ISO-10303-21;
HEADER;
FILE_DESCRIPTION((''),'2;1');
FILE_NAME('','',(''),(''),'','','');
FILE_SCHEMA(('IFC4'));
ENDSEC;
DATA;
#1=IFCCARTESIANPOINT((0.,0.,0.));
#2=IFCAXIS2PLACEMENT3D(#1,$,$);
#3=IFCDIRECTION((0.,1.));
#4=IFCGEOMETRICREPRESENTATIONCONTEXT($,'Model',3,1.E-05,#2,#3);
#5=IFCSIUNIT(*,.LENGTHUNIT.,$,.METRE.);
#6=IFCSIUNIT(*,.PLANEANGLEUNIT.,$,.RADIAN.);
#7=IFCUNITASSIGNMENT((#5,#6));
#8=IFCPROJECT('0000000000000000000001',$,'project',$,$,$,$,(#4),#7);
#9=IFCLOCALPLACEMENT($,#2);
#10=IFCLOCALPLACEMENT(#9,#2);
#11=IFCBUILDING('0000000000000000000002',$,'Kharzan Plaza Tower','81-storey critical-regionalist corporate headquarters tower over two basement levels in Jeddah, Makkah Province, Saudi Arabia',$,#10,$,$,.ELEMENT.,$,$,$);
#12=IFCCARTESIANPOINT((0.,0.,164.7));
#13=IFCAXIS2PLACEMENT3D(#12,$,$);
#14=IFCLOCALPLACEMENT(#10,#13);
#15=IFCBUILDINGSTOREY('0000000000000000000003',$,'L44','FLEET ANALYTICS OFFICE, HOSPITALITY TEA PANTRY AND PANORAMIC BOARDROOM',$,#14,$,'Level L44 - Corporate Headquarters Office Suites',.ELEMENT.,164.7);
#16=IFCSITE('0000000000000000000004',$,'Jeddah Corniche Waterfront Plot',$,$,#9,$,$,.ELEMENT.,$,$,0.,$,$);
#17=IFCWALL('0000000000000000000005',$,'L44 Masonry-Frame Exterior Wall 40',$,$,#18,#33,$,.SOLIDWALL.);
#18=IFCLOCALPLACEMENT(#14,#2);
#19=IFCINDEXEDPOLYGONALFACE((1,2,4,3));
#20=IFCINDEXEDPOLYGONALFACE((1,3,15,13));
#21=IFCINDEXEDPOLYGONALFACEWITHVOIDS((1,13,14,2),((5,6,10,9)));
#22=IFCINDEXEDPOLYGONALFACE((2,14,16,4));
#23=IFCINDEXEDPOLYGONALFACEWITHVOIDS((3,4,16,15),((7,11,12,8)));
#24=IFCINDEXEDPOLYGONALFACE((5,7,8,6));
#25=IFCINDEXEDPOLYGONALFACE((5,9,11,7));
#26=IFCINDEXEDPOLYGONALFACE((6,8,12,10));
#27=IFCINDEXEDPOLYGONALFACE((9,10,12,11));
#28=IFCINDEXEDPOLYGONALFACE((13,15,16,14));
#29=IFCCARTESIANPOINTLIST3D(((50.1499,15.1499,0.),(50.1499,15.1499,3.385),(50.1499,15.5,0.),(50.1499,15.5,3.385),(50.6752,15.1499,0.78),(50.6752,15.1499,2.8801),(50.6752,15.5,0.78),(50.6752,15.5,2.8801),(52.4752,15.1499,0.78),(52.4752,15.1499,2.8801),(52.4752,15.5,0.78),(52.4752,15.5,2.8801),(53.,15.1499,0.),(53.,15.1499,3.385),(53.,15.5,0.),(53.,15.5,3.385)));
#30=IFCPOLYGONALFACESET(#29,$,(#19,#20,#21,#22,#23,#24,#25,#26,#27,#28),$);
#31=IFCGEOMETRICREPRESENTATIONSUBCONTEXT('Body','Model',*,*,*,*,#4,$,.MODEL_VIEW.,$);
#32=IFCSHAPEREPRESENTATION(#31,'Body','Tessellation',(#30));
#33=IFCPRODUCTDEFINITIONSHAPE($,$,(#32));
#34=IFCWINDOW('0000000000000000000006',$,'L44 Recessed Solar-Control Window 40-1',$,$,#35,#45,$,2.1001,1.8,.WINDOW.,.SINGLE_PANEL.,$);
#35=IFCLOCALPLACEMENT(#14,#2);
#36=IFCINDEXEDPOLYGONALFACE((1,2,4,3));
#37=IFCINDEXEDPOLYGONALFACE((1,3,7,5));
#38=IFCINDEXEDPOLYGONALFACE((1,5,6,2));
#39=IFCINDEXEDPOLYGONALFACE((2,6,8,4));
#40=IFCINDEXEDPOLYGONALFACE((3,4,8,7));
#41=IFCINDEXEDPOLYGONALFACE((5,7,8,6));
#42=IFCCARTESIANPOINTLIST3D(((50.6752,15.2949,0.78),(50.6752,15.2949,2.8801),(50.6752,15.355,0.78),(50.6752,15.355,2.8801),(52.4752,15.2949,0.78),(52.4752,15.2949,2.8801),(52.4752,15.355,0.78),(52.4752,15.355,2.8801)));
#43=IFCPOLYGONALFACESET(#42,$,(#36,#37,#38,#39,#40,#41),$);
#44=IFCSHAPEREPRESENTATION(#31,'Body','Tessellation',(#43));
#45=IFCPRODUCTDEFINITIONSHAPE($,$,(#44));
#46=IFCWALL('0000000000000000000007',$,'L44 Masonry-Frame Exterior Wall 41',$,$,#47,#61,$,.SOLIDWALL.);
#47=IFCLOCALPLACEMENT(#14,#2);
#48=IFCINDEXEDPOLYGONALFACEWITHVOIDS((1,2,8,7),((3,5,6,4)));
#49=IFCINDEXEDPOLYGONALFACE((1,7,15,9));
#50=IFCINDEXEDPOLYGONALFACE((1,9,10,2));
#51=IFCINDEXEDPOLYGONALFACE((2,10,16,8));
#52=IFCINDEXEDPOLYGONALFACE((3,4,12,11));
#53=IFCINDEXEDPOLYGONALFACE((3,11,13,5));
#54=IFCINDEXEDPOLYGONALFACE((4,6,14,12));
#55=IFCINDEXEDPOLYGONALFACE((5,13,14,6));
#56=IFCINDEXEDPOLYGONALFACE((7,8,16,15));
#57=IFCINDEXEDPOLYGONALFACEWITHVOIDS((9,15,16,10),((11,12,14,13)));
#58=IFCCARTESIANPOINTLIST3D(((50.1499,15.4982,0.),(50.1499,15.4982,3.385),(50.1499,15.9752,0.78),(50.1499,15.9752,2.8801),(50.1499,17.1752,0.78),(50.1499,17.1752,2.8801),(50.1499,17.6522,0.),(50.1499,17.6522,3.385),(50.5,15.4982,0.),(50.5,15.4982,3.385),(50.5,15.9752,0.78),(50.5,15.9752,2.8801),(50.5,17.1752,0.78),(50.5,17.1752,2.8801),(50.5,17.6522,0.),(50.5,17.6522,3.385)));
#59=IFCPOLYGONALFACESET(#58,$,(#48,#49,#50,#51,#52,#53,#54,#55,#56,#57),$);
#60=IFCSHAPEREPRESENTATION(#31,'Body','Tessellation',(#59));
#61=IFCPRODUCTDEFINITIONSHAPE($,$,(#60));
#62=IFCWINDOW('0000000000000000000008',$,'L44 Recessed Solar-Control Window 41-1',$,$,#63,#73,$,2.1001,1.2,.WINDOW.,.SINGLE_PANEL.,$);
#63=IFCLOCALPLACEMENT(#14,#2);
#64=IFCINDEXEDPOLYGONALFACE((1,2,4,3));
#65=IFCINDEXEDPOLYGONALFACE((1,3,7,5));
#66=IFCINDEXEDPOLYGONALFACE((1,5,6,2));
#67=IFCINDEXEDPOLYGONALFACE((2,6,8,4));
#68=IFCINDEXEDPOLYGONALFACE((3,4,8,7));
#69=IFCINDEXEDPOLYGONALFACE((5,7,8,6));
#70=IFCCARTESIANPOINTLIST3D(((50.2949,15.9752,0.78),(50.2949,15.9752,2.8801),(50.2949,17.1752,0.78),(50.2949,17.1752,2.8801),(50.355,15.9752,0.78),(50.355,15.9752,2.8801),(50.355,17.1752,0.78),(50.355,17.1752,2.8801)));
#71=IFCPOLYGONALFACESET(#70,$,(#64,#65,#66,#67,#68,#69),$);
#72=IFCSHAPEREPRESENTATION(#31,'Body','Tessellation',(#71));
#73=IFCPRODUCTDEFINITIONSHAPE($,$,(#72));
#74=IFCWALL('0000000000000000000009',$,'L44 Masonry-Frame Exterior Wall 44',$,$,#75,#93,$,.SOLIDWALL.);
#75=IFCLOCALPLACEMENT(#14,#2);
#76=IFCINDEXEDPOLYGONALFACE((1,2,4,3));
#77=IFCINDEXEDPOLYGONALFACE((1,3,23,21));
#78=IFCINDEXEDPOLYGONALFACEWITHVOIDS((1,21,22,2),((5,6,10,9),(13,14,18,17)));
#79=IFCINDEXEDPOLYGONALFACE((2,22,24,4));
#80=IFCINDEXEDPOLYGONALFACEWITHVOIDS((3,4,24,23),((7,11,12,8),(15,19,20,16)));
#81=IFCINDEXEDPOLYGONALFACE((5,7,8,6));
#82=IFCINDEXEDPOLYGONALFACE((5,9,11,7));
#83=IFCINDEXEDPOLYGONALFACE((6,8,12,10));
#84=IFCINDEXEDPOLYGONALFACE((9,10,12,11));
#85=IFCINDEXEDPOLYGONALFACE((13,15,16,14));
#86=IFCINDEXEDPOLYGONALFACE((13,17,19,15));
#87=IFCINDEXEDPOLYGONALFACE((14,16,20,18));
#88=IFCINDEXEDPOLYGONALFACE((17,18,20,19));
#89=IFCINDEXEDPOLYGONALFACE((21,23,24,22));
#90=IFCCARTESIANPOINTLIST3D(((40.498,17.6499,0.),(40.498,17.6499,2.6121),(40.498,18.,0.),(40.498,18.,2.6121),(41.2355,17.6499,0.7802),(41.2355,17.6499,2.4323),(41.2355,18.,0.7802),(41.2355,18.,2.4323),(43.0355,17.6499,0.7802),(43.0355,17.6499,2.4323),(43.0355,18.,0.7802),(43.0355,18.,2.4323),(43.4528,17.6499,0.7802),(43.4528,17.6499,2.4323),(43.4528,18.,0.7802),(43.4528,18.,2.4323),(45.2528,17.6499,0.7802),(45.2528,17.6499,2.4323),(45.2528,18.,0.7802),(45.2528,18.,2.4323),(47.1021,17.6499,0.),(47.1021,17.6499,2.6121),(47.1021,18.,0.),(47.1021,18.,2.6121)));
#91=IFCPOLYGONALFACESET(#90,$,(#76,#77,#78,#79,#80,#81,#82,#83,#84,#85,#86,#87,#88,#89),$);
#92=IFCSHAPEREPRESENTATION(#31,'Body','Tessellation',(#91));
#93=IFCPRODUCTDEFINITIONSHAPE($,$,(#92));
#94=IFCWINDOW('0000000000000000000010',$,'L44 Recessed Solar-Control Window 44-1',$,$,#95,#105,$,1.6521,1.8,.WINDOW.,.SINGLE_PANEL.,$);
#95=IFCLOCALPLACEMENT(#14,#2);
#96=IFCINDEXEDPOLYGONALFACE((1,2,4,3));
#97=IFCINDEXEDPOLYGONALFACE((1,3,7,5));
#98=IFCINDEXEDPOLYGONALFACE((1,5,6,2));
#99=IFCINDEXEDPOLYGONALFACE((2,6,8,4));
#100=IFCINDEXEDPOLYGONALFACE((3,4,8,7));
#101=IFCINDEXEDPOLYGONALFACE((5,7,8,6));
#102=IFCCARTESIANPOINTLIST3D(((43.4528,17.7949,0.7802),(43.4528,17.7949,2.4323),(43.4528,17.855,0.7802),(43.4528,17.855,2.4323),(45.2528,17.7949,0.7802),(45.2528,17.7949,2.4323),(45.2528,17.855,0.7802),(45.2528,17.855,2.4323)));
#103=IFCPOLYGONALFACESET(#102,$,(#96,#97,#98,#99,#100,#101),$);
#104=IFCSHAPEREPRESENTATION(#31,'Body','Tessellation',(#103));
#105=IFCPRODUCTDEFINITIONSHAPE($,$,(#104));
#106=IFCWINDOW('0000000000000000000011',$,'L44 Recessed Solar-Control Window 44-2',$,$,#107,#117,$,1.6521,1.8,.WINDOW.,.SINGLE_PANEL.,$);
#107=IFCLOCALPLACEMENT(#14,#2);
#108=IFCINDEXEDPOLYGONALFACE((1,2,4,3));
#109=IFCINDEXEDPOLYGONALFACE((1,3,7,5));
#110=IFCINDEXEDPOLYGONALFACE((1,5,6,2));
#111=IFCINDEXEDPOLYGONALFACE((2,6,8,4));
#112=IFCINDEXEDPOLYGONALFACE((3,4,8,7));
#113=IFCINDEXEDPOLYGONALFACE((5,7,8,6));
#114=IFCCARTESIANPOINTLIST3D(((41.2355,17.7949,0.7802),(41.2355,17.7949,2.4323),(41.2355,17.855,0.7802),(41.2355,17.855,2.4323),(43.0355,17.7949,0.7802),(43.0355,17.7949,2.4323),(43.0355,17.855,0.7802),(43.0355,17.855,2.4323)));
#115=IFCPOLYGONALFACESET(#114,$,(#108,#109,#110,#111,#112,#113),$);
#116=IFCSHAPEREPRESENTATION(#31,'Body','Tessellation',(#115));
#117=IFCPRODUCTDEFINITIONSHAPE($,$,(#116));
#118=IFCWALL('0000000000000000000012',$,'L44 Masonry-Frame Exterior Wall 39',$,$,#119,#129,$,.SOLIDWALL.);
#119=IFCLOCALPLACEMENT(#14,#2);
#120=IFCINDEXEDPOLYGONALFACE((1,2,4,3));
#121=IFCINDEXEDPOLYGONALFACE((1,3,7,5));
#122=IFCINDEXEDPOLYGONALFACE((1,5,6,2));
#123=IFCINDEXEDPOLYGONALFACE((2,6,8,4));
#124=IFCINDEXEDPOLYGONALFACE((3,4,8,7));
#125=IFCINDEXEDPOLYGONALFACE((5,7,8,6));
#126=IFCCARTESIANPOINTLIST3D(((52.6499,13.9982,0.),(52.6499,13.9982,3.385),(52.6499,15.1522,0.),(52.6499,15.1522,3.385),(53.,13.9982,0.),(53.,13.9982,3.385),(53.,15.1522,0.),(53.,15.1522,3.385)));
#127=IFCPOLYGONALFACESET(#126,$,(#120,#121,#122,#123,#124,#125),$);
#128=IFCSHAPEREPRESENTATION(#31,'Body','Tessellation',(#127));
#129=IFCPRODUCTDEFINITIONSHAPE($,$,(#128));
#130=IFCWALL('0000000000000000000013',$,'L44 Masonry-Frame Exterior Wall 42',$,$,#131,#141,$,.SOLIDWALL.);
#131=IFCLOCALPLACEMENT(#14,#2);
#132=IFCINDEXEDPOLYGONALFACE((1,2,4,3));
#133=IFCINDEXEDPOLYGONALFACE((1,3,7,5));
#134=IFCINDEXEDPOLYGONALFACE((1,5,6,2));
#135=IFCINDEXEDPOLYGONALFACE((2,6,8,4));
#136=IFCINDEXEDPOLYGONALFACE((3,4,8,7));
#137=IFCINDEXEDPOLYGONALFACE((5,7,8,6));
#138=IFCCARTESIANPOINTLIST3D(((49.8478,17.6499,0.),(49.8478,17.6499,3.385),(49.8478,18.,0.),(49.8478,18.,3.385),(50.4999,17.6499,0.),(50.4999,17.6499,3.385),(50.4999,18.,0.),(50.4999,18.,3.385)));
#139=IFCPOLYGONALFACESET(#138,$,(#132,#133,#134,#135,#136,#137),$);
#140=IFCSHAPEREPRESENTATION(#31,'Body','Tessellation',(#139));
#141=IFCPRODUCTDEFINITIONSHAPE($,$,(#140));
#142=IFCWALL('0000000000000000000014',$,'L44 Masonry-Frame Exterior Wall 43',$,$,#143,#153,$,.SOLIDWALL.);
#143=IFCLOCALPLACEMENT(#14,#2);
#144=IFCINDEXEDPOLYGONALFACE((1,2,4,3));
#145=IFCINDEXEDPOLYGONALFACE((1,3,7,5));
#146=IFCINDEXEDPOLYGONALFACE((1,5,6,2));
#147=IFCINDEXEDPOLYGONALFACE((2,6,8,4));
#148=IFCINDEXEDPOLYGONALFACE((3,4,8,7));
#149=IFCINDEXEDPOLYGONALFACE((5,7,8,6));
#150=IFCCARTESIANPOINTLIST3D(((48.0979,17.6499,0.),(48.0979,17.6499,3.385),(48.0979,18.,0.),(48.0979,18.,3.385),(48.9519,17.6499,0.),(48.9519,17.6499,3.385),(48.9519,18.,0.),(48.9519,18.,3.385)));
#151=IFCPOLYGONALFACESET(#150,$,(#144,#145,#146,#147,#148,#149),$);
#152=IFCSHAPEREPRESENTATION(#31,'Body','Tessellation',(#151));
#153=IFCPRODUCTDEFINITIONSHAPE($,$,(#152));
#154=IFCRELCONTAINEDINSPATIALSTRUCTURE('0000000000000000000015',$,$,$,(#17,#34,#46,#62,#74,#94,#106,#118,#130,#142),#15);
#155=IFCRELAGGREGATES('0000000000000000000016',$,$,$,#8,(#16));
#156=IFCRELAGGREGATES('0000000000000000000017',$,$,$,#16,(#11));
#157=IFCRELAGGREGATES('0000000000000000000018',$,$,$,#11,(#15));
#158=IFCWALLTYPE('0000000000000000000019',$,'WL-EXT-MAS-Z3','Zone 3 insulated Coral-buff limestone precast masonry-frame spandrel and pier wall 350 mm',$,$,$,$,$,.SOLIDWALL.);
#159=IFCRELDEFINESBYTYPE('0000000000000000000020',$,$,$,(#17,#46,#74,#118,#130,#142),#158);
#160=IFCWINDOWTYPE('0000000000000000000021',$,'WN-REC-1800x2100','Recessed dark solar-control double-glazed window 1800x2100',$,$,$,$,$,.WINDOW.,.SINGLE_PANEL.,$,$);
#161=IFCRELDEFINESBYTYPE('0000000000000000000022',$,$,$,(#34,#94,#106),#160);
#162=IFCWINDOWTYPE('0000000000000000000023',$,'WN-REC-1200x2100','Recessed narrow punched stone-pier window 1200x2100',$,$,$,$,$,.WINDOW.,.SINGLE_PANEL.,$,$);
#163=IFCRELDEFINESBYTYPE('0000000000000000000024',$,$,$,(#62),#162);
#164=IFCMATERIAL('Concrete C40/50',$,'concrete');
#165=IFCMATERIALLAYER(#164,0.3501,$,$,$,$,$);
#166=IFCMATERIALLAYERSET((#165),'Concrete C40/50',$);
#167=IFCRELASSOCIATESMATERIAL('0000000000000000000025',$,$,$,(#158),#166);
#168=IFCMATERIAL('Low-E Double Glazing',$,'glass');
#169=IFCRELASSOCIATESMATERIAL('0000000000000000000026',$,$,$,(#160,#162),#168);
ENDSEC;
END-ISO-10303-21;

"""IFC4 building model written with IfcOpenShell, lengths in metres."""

from ifc_helpers import new_model, si_unit, direction, frame, frame_2d, origin, place, context, subcontext, project, spatial, rectangle, extrude, source, transform, mapped, material, layer, layer_set, type_object, element, fill, save


model = new_model("IFC4")

# Units and contexts
model_context = context("Model", 3, precision=1e-05, world=origin(), true_north=direction((0.0, 1.0)))
body_context = subcontext(model_context, "Body", "Model", "MODEL_VIEW")
ifc_project = project(units=[si_unit("LENGTHUNIT", "METRE"), si_unit("PLANEANGLEUNIT", "RADIAN")], contexts=[model_context])

# Site, building, storey
site_placement = place(None, origin())
site = spatial("IfcSite", under=ifc_project, at=site_placement, Name="Jeddah Corniche Waterfront Plot", CompositionType="ELEMENT", RefElevation=0.0)
building_placement = place(site_placement, origin())
building = spatial("IfcBuilding", under=site, at=building_placement, Name="Kharzan Plaza Tower", Description="81-storey critical-regionalist corporate headquarters tower over two basement levels in Jeddah, Makkah Province, Saudi Arabia", CompositionType="ELEMENT")
storey_placement = place(building_placement, frame((0.0, 0.0, 164.7)))
storey = spatial("IfcBuildingStorey", under=building, at=storey_placement, Name="L44", Description="FLEET ANALYTICS OFFICE, HOSPITALITY TEA PANTRY AND PANORAMIC BOARDROOM", LongName="Level L44 - Corporate Headquarters Office Suites", CompositionType="ELEMENT", Elevation=164.7)

# Walls, openings, windows
ifc_material_1 = material(Name="Concrete C40/50", Category="concrete")
ifc_layer_1 = layer(ifc_material_1, 0.3501)
ifc_layer_set_1 = layer_set([ifc_layer_1], Name="Concrete C40/50")
wall_type_1 = type_object("IfcWallType", Name="WL-EXT-MAS-Z3", Description="Zone 3 insulated Coral-buff limestone precast masonry-frame spandrel and pier wall 350 mm", PredefinedType="SOLIDWALL", material=ifc_layer_set_1)
wall_1_placement = place(storey_placement, frame((53.0, 15.325, 0.0), z_axis=(0.0, 0.0, 1.0), x_axis=(-1.0, 0.0, 0.0)))
wall_1 = element("IfcWall", 1, at=wall_1_placement, inside=storey, type_object=wall_type_1, Name="L44 Masonry-Frame Exterior Wall 40", PredefinedType="SOLIDWALL", context=body_context, shape_type="SweptSolid", body=[
    extrude(rectangle(XDim=2.8501, YDim=0.3501, at=frame_2d((1.425, 0.0))), origin(), (0.0, 0.0, 1.0), 3.385),
])
opening_1_placement = place(wall_1_placement, frame((0.5249, 0.0, 0.78)))
opening_1 = element("IfcOpeningElement", 2, at=opening_1_placement, cuts=wall_1, PredefinedType="OPENING", context=body_context, shape_type="SweptSolid", body=[
    extrude(rectangle(XDim=1.8, YDim=2.1001, at=frame_2d((0.8999, 1.05))), frame((0.0, 0.1851, 0.0), z_axis=(0.0, -1.0, 0.0), x_axis=(1.0, 0.0, 0.0)), (0.0, 0.0, 1.0), 0.3701),
])
ifc_material_2 = material(Name="Low-E Double Glazing", Category="glass")
window_type_1 = type_object("IfcWindowType", Name="WN-REC-1800x2100", Description="Recessed dark solar-control double-glazed window 1800x2100", PartitioningType="SINGLE_PANEL", PredefinedType="WINDOW", material=ifc_material_2)
shared_shape_1 = source(origin(), body_context, "Body", "SweptSolid", [
    extrude(rectangle(XDim=1.8, YDim=2.1001, at=frame_2d((0.8999, 1.05))), frame((0.0, 0.03, 0.0), z_axis=(0.0, -1.0, 0.0), x_axis=(1.0, 0.0, 0.0)), (0.0, 0.0, 1.0), 0.0601),
])
window_1_placement = place(opening_1_placement, origin())
window_1 = element("IfcWindow", 3, at=window_1_placement, inside=storey, type_object=window_type_1, Name="L44 Recessed Solar-Control Window 40-1", OverallHeight=2.1001, OverallWidth=1.8, PartitioningType="SINGLE_PANEL", PredefinedType="WINDOW", context=body_context, shape_type="MappedRepresentation", body=[
    mapped(shared_shape_1, transform((0.0, 0.0, 0.0), x_axis=(1.0, 0.0, 0.0), y_axis=(0.0, 1.0, 0.0), z_axis=(0.0, 0.0, 1.0))),
])
fill(opening_1, window_1)
wall_2_placement = place(storey_placement, frame((50.325, 15.498, 0.0), z_axis=(0.0, 0.0, 1.0), x_axis=(0.0, 1.0, 0.0)))
wall_2 = element("IfcWall", 4, at=wall_2_placement, inside=storey, type_object=wall_type_1, Name="L44 Masonry-Frame Exterior Wall 41", PredefinedType="SOLIDWALL", context=body_context, shape_type="SweptSolid", body=[
    extrude(rectangle(XDim=2.1541, YDim=0.3501, at=frame_2d((1.0771, 0.0))), origin(), (0.0, 0.0, 1.0), 3.385),
])
opening_2_placement = place(wall_2_placement, frame((0.4771, 0.0, 0.78)))
opening_2 = element("IfcOpeningElement", 5, at=opening_2_placement, cuts=wall_2, PredefinedType="OPENING", context=body_context, shape_type="SweptSolid", body=[
    extrude(rectangle(XDim=1.2, YDim=2.1001, at=frame_2d((0.6001, 1.05))), frame((0.0, 0.1851, 0.0), z_axis=(0.0, -1.0, 0.0), x_axis=(1.0, 0.0, 0.0)), (0.0, 0.0, 1.0), 0.3701),
])
window_type_2 = type_object("IfcWindowType", Name="WN-REC-1200x2100", Description="Recessed narrow punched stone-pier window 1200x2100", PartitioningType="SINGLE_PANEL", PredefinedType="WINDOW", material=ifc_material_2)
shared_shape_2 = source(origin(), body_context, "Body", "SweptSolid", [
    extrude(rectangle(XDim=1.2, YDim=2.1001, at=frame_2d((0.6001, 1.05))), frame((0.0, 0.03, 0.0), z_axis=(0.0, -1.0, 0.0), x_axis=(1.0, 0.0, 0.0)), (0.0, 0.0, 1.0), 0.0601),
])
window_2_placement = place(opening_2_placement, origin())
window_2 = element("IfcWindow", 6, at=window_2_placement, inside=storey, type_object=window_type_2, Name="L44 Recessed Solar-Control Window 41-1", OverallHeight=2.1001, OverallWidth=1.2, PartitioningType="SINGLE_PANEL", PredefinedType="WINDOW", context=body_context, shape_type="MappedRepresentation", body=[
    mapped(shared_shape_2, transform((0.0, 0.0, 0.0), x_axis=(1.0, 0.0, 0.0), y_axis=(0.0, 1.0, 0.0), z_axis=(0.0, 0.0, 1.0))),
])
fill(opening_2, window_2)

# Wall, openings, windows
wall_3_placement = place(storey_placement, frame((47.1021, 17.825, 0.0), z_axis=(0.0, 0.0, 1.0), x_axis=(-1.0, 0.0, 0.0)))
wall_3 = element("IfcWall", 7, at=wall_3_placement, inside=storey, type_object=wall_type_1, Name="L44 Masonry-Frame Exterior Wall 44", PredefinedType="SOLIDWALL", context=body_context, shape_type="SweptSolid", body=[
    extrude(rectangle(XDim=6.604, YDim=0.3501, at=frame_2d((3.302, 0.0))), origin(), (0.0, 0.0, 1.0), 2.6121),
])
opening_3_placement = place(wall_3_placement, frame((1.8494, 0.0, 0.78)))
opening_3 = element("IfcOpeningElement", 8, at=opening_3_placement, cuts=wall_3, PredefinedType="OPENING", context=body_context, shape_type="SweptSolid", body=[
    extrude(rectangle(XDim=1.8, YDim=1.6521, at=frame_2d((0.8999, 0.8262))), frame((0.0, 0.1851, 0.0), z_axis=(0.0, -1.0, 0.0), x_axis=(1.0, 0.0, 0.0)), (0.0, 0.0, 1.0), 0.3701),
])
opening_4_placement = place(wall_3_placement, frame((4.0667, 0.0, 0.78)))
opening_4 = element("IfcOpeningElement", 9, at=opening_4_placement, cuts=wall_3, PredefinedType="OPENING", context=body_context, shape_type="SweptSolid", body=[
    extrude(rectangle(XDim=1.8, YDim=1.6521, at=frame_2d((0.8999, 0.8262))), frame((0.0, 0.1851, 0.0), z_axis=(0.0, -1.0, 0.0), x_axis=(1.0, 0.0, 0.0)), (0.0, 0.0, 1.0), 0.3701),
])
shared_shape_3 = source(origin(), body_context, "Body", "SweptSolid", [
    extrude(rectangle(XDim=1.8, YDim=1.6521, at=frame_2d((0.8999, 0.8262))), frame((0.0, 0.03, 0.0), z_axis=(0.0, -1.0, 0.0), x_axis=(1.0, 0.0, 0.0)), (0.0, 0.0, 1.0), 0.0601),
])
window_3_placement = place(opening_3_placement, origin())
window_3 = element("IfcWindow", 10, at=window_3_placement, inside=storey, type_object=window_type_1, Name="L44 Recessed Solar-Control Window 44-1", OverallHeight=1.6521, OverallWidth=1.8, PartitioningType="SINGLE_PANEL", PredefinedType="WINDOW", context=body_context, shape_type="MappedRepresentation", body=[
    mapped(shared_shape_3, transform((0.0, 0.0, 0.0), x_axis=(1.0, 0.0, 0.0), y_axis=(0.0, 1.0, 0.0), z_axis=(0.0, 0.0, 1.0))),
])
fill(opening_3, window_3)
window_4_placement = place(opening_4_placement, origin())
window_4 = element("IfcWindow", 11, at=window_4_placement, inside=storey, type_object=window_type_1, Name="L44 Recessed Solar-Control Window 44-2", OverallHeight=1.6521, OverallWidth=1.8, PartitioningType="SINGLE_PANEL", PredefinedType="WINDOW", context=body_context, shape_type="MappedRepresentation", body=[
    mapped(shared_shape_3, transform((0.0, 0.0, 0.0), x_axis=(1.0, 0.0, 0.0), y_axis=(0.0, 1.0, 0.0), z_axis=(0.0, 0.0, 1.0))),
])
fill(opening_4, window_4)

# Walls
shared_shape_4 = source(origin(), body_context, "Body", "SweptSolid", [
    extrude(rectangle(XDim=1.1541, YDim=0.3501, at=frame_2d((0.5771, 0.0))), origin(), (0.0, 0.0, 1.0), 3.385),
])
wall_4_placement = place(storey_placement, frame((52.825, 13.998, 0.0), z_axis=(0.0, 0.0, 1.0), x_axis=(0.0, 1.0, 0.0)))
element("IfcWall", 12, at=wall_4_placement, inside=storey, type_object=wall_type_1, Name="L44 Masonry-Frame Exterior Wall 39", PredefinedType="SOLIDWALL", context=body_context, shape_type="MappedRepresentation", body=[
    mapped(shared_shape_4, transform((0.0, 0.0, 0.0), x_axis=(1.0, 0.0, 0.0), y_axis=(0.0, 1.0, 0.0), z_axis=(0.0, 0.0, 1.0))),
])
shared_shape_5 = source(origin(), body_context, "Body", "SweptSolid", [
    extrude(rectangle(XDim=0.6521, YDim=0.3501, at=frame_2d((0.3262, 0.0))), origin(), (0.0, 0.0, 1.0), 3.385),
])
wall_5_placement = place(storey_placement, frame((50.5, 17.825, 0.0), z_axis=(0.0, 0.0, 1.0), x_axis=(-1.0, 0.0, 0.0)))
element("IfcWall", 13, at=wall_5_placement, inside=storey, type_object=wall_type_1, Name="L44 Masonry-Frame Exterior Wall 42", PredefinedType="SOLIDWALL", context=body_context, shape_type="MappedRepresentation", body=[
    mapped(shared_shape_5, transform((0.0, 0.0, 0.0), x_axis=(1.0, 0.0, 0.0), y_axis=(0.0, 1.0, 0.0), z_axis=(0.0, 0.0, 1.0))),
])
shared_shape_6 = source(origin(), body_context, "Body", "SweptSolid", [
    extrude(rectangle(XDim=0.854, YDim=0.3501, at=frame_2d((0.427, 0.0))), origin(), (0.0, 0.0, 1.0), 3.385),
])
wall_6_placement = place(storey_placement, frame((48.9519, 17.825, 0.0), z_axis=(0.0, 0.0, 1.0), x_axis=(-1.0, 0.0, 0.0)))
element("IfcWall", 14, at=wall_6_placement, inside=storey, type_object=wall_type_1, Name="L44 Masonry-Frame Exterior Wall 43", PredefinedType="SOLIDWALL", context=body_context, shape_type="MappedRepresentation", body=[
    mapped(shared_shape_6, transform((0.0, 0.0, 0.0), x_axis=(1.0, 0.0, 0.0), y_axis=(0.0, 1.0, 0.0), z_axis=(0.0, 0.0, 1.0))),
])

save(model, "model.ifc")
